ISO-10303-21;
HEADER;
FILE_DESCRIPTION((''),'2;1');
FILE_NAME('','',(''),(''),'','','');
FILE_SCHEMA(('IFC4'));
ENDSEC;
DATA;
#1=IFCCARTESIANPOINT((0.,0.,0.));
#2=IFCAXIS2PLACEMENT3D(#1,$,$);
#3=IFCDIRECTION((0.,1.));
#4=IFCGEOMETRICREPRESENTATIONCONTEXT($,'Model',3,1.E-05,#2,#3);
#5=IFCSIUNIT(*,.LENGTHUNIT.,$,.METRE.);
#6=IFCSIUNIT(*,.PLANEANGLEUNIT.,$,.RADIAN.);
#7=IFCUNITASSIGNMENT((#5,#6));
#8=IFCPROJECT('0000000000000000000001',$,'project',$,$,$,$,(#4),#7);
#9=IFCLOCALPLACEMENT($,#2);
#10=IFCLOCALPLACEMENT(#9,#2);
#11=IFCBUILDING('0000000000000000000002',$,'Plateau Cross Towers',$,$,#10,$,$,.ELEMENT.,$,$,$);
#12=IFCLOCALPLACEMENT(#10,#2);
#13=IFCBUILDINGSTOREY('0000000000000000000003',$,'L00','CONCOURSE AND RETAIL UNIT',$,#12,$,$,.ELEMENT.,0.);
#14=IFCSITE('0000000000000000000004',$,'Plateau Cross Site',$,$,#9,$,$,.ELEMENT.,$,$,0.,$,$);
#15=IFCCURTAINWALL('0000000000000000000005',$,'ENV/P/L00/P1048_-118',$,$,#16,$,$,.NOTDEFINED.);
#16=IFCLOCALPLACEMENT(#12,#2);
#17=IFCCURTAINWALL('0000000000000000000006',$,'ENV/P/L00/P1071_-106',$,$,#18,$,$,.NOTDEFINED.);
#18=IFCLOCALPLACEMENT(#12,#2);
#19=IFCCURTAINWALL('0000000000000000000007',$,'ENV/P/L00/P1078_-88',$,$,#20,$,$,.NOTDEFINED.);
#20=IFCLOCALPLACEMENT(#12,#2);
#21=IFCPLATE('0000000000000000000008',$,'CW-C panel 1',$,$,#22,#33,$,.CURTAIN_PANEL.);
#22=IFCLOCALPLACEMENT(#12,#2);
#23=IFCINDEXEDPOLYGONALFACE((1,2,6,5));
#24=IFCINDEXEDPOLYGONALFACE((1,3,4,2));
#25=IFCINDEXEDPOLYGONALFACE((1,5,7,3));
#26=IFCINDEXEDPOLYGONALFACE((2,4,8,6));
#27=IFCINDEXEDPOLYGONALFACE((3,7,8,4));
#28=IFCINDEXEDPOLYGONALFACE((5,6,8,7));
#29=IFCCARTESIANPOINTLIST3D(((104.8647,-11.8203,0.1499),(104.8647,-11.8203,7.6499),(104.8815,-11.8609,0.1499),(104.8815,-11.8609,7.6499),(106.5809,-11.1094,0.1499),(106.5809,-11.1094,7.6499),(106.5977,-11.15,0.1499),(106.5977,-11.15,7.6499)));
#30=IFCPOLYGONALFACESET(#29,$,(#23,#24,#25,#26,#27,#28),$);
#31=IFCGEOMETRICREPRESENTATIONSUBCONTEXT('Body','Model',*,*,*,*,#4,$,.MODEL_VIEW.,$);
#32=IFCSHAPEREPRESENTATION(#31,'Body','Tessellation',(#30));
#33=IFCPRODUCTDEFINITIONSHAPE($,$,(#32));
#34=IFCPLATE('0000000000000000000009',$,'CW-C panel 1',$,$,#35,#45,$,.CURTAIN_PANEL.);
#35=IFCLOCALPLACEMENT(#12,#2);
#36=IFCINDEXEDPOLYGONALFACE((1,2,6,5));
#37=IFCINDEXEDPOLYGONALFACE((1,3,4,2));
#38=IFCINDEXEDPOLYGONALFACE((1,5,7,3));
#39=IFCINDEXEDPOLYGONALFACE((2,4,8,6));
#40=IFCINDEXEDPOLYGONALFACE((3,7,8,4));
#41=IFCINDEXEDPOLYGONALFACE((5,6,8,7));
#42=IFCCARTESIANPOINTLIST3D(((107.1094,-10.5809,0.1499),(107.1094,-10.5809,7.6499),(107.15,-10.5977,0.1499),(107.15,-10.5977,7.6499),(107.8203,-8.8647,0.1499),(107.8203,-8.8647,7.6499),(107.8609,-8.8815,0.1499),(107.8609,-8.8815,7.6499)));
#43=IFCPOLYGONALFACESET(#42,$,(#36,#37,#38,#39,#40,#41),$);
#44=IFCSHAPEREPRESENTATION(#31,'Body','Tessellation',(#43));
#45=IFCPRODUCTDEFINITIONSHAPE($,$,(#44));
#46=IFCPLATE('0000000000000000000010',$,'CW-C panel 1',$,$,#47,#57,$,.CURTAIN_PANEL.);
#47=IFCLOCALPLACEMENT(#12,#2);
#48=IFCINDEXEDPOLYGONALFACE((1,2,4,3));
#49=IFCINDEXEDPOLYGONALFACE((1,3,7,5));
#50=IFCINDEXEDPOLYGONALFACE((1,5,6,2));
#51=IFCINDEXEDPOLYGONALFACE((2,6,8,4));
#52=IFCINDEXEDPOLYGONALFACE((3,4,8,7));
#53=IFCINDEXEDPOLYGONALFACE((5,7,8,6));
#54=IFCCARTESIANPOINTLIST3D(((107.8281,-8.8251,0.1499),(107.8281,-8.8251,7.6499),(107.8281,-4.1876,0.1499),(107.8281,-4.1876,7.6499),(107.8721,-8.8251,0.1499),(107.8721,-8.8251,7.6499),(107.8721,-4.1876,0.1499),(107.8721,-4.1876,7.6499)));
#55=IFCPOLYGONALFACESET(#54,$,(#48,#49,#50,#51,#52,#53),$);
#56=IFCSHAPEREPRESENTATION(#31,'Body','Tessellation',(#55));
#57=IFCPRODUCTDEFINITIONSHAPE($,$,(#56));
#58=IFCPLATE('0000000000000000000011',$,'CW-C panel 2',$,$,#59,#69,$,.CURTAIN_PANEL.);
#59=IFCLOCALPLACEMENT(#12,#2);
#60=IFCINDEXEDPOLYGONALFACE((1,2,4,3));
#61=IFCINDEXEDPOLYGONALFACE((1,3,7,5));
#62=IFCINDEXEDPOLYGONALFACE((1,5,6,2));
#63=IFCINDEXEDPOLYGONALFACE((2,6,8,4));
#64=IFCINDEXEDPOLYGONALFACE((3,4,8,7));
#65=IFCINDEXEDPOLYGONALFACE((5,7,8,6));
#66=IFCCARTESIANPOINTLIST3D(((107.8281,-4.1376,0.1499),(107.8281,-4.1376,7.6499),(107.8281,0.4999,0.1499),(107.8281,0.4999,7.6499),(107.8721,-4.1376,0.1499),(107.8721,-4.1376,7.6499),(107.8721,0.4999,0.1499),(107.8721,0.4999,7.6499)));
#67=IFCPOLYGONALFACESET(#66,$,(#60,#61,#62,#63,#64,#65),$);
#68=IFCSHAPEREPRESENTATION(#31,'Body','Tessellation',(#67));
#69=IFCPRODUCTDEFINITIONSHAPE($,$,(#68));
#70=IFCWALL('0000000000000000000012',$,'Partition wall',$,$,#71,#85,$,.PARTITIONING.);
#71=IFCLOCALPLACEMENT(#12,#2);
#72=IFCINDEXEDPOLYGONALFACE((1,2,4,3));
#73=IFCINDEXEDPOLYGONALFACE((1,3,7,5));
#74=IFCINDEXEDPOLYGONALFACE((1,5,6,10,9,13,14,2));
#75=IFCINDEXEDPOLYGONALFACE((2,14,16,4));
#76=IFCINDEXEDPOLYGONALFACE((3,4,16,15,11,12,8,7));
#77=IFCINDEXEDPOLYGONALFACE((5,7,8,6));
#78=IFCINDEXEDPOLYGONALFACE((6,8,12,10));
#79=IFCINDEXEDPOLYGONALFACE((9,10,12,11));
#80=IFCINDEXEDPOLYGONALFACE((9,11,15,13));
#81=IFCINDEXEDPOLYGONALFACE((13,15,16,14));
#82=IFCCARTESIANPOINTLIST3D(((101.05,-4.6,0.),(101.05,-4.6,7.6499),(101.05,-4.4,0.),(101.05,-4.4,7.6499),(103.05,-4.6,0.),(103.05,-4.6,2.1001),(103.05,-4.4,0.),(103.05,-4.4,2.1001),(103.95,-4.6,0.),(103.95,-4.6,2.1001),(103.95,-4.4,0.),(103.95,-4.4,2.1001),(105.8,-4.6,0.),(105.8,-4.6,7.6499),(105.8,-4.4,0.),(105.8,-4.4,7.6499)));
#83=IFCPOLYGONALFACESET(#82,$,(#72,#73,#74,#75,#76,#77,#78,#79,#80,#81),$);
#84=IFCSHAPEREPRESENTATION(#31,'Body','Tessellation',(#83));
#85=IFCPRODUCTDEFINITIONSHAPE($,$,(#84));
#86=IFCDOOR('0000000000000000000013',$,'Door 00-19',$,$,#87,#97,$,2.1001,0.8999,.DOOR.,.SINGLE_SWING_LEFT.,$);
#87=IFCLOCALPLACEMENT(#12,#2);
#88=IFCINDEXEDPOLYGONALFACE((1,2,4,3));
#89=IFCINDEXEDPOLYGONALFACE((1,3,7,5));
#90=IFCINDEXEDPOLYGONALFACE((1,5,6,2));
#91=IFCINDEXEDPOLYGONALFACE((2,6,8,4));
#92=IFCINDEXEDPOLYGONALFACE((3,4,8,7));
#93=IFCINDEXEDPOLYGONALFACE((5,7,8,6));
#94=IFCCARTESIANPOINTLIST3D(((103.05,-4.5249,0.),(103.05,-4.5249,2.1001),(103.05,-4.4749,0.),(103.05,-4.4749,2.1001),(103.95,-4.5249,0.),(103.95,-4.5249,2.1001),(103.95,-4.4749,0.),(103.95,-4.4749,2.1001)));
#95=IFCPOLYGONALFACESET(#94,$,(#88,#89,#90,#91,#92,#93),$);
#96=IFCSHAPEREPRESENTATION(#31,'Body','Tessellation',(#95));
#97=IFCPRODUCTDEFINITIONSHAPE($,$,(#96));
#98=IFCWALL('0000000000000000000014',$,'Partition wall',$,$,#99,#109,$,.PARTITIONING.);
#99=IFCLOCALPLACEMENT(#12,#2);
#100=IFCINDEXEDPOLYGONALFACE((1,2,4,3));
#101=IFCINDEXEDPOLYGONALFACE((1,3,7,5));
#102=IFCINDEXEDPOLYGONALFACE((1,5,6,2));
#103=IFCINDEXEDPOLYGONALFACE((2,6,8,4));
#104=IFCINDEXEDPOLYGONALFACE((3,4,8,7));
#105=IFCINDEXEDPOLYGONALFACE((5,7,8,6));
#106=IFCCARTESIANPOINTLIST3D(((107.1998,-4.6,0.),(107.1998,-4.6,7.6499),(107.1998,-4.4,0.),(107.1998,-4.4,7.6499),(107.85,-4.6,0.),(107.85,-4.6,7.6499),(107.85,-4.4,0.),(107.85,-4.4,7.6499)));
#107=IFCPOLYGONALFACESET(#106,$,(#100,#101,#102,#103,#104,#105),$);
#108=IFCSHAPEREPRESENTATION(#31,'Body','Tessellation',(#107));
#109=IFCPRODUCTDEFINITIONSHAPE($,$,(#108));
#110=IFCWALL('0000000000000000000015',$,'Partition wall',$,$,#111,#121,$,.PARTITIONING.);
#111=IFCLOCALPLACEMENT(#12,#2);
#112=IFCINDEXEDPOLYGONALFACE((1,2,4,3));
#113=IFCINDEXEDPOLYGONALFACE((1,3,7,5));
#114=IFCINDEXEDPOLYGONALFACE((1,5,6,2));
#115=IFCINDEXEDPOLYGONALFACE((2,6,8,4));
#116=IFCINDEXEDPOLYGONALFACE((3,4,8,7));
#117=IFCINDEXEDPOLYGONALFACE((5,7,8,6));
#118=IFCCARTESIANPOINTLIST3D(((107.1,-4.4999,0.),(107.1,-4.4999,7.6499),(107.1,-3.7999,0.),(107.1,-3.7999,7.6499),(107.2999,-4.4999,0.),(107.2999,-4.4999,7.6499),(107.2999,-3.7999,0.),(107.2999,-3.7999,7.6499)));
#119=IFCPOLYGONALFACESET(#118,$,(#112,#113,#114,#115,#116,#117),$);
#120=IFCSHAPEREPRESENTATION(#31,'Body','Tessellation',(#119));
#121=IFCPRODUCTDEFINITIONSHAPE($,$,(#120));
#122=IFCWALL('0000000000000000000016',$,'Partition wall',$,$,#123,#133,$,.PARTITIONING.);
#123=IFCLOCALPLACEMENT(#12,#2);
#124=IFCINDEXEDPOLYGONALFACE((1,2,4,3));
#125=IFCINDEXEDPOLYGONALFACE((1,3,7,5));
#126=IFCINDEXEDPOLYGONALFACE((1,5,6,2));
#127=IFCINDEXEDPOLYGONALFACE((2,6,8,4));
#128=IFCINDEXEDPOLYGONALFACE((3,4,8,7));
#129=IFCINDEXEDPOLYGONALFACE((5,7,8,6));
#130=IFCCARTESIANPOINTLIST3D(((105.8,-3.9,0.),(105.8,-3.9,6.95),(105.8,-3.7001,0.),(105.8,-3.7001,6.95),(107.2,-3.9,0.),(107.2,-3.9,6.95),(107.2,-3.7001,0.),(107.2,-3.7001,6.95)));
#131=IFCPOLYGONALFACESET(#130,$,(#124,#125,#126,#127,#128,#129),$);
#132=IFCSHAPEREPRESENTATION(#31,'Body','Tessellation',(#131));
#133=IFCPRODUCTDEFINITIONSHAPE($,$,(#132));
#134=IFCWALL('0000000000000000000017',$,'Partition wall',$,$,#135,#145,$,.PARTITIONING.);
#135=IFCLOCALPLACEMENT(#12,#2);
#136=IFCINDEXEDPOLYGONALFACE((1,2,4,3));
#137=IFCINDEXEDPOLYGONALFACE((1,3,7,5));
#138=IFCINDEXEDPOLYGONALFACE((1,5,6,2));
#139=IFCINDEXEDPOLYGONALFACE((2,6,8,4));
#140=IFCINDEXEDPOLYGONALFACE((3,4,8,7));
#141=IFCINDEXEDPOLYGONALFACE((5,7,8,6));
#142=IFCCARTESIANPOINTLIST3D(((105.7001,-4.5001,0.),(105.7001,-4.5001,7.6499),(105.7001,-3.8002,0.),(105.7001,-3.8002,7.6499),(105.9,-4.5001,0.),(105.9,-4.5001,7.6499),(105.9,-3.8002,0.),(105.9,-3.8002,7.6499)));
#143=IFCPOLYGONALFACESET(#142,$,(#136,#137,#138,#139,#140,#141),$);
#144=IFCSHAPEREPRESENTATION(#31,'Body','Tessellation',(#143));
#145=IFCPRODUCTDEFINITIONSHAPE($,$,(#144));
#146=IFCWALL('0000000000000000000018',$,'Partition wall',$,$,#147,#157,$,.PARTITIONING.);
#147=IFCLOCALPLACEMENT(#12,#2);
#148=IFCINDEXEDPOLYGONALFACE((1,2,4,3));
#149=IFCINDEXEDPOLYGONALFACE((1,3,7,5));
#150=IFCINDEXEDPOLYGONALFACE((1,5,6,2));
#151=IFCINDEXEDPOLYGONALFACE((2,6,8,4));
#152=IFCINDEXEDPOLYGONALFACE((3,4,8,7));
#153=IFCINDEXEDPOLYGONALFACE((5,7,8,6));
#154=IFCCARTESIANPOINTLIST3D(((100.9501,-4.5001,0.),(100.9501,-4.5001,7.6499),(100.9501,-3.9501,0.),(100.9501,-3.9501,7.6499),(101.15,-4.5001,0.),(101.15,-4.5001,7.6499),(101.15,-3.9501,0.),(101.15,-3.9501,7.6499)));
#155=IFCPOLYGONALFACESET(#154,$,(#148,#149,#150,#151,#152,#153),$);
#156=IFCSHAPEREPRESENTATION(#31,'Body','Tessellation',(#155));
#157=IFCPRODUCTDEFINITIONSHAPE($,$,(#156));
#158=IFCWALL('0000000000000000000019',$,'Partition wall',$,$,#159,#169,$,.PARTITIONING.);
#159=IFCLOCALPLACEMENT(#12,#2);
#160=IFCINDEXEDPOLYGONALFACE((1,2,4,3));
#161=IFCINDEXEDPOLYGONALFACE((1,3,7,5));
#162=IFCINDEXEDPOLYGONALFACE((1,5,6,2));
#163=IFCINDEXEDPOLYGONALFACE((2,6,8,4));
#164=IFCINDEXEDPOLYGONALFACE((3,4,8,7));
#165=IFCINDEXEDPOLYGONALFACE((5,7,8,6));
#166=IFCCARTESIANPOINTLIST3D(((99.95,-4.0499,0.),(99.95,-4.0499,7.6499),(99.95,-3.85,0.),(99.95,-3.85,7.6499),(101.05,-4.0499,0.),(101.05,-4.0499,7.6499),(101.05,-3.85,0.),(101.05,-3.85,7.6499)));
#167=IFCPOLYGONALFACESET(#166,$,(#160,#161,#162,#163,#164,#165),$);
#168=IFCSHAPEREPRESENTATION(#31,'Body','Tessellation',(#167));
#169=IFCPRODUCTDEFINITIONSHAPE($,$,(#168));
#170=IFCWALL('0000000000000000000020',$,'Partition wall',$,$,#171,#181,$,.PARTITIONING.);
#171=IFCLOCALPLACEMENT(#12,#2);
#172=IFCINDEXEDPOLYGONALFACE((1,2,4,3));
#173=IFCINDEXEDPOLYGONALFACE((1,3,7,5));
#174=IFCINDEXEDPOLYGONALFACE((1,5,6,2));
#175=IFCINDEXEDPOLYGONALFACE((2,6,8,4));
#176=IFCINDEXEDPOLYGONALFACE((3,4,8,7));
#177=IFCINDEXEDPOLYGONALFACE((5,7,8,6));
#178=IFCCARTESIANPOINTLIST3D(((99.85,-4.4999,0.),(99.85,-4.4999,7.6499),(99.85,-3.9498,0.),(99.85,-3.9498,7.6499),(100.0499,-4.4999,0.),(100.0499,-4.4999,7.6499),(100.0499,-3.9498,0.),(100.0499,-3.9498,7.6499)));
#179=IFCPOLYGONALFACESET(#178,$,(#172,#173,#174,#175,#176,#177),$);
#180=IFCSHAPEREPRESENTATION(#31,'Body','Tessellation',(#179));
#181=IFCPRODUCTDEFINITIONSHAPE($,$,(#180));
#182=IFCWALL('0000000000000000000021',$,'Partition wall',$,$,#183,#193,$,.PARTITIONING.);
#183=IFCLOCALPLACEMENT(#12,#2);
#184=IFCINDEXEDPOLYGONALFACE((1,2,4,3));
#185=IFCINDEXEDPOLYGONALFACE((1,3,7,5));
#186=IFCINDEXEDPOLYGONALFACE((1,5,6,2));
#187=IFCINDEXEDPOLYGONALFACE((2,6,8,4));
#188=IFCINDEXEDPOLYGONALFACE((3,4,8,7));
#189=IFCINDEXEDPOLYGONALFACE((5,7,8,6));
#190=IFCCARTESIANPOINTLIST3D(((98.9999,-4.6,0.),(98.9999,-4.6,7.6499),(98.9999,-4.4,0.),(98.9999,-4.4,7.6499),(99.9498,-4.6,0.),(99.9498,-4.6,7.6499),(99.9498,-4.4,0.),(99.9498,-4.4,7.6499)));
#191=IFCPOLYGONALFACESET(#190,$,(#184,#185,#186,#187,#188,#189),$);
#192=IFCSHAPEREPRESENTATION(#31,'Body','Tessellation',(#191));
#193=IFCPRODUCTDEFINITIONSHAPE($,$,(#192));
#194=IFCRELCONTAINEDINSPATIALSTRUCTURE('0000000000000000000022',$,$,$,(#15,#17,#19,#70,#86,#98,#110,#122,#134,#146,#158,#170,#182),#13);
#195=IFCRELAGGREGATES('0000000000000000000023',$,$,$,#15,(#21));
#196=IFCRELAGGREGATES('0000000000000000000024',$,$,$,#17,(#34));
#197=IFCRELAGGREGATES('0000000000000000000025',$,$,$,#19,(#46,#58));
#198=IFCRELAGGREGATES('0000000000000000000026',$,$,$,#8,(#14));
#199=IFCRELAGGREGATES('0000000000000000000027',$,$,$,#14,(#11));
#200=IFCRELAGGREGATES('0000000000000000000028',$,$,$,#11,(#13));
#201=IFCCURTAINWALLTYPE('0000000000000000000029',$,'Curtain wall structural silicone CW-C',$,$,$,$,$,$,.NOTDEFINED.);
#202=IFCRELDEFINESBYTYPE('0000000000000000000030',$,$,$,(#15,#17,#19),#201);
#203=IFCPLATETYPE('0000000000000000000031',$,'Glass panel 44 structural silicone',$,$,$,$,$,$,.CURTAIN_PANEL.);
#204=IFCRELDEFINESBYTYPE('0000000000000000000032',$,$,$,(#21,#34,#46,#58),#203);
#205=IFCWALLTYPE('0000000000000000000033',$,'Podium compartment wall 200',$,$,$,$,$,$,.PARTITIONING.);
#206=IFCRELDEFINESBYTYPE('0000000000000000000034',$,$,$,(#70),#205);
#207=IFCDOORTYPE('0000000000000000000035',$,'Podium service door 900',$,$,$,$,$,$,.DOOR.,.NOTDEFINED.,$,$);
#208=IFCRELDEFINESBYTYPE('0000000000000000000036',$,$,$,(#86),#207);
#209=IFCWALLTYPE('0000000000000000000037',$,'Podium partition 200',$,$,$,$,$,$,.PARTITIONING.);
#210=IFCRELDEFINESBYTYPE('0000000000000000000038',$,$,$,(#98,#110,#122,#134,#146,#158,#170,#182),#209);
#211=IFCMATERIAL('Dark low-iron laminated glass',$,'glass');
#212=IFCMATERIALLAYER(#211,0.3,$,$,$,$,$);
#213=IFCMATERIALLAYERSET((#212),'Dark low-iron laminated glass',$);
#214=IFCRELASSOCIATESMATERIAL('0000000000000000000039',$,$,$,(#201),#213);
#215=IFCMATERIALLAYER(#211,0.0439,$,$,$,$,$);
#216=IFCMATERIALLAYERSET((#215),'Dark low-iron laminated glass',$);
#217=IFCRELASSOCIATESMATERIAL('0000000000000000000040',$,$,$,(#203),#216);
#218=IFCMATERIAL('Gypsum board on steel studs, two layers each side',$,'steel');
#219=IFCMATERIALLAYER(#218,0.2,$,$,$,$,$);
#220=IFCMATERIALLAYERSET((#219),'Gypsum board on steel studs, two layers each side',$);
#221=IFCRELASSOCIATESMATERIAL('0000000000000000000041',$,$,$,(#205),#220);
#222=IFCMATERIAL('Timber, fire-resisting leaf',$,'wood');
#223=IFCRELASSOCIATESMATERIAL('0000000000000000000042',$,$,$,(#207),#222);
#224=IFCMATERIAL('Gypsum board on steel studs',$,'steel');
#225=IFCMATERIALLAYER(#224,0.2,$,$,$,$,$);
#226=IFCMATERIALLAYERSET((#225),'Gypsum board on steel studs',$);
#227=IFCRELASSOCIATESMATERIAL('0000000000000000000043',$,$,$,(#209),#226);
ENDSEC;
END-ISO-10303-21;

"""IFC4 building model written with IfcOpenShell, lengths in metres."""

from ifc_helpers import new_model, si_unit, direction, frame, frame_2d, origin, origin_2d, place, context, subcontext, project, spatial, rectangle, extrude, material, layer, layer_set, type_object, element, fill, aggregate, save


model = new_model("IFC4")

# Units and contexts
model_context = context("Model", 3, precision=1e-05, world=origin(), true_north=direction((0.0, 1.0)))
body_context = subcontext(model_context, "Body", "Model", "MODEL_VIEW")
ifc_project = project(units=[si_unit("LENGTHUNIT", "METRE"), si_unit("PLANEANGLEUNIT", "RADIAN")], contexts=[model_context])

# Site, building, storey
site_placement = place(None, origin())
site = spatial("IfcSite", under=ifc_project, at=site_placement, Name="Plateau Cross Site", CompositionType="ELEMENT", RefElevation=0.0)
building_placement = place(site_placement, origin())
building = spatial("IfcBuilding", under=site, at=building_placement, Name="Plateau Cross Towers", CompositionType="ELEMENT")
storey_placement = place(building_placement, origin())
storey = spatial("IfcBuildingStorey", under=building, at=storey_placement, Name="L00", Description="CONCOURSE AND RETAIL UNIT", CompositionType="ELEMENT", Elevation=0.0)

# Shared definitions
ifc_material_1 = material(Name="Dark low-iron laminated glass", Category="glass")
ifc_layer_1 = layer(ifc_material_1, 0.3)
ifc_layer_set_1 = layer_set([ifc_layer_1], Name="Dark low-iron laminated glass")
curtain_wall_type = type_object("IfcCurtainWallType", Name="Curtain wall structural silicone CW-C", PredefinedType="NOTDEFINED", material=ifc_layer_set_1)

# Curtain wall
curtain_wall_1_placement = place(storey_placement, origin())
curtain_wall_1 = element("IfcCurtainWall", 1, at=curtain_wall_1_placement, inside=storey, type_object=curtain_wall_type, Name="ENV/P/L00/P1048_-118", PredefinedType="NOTDEFINED")

# Curtain wall
curtain_wall_2_placement = place(storey_placement, origin())
curtain_wall_2 = element("IfcCurtainWall", 2, at=curtain_wall_2_placement, inside=storey, type_object=curtain_wall_type, Name="ENV/P/L00/P1071_-106", PredefinedType="NOTDEFINED")

# Curtain wall
curtain_wall_3_placement = place(storey_placement, origin())
curtain_wall_3 = element("IfcCurtainWall", 3, at=curtain_wall_3_placement, inside=storey, type_object=curtain_wall_type, Name="ENV/P/L00/P1078_-88", PredefinedType="NOTDEFINED")

# Plates
ifc_layer_2 = layer(ifc_material_1, 0.0439)
ifc_layer_set_2 = layer_set([ifc_layer_2], Name="Dark low-iron laminated glass")
plate_type = type_object("IfcPlateType", Name="Glass panel 44 structural silicone", PredefinedType="CURTAIN_PANEL", material=ifc_layer_set_2)
plate_1_placement = place(storey_placement, frame((105.7312, -11.4851, 0.1499), z_axis=(0.0, 0.0, 1.0), x_axis=(0.923879, 0.382684, 0.0)))
plate_1 = element("IfcPlate", 4, at=plate_1_placement, type_object=plate_type, Name="CW-C panel 1", PredefinedType="CURTAIN_PANEL", context=body_context, shape_type="SweptSolid", body=[
    extrude(rectangle(XDim=1.8577, YDim=0.0439, at=origin_2d()), origin(), (0.0, 0.0, 1.0), 7.5),
])
aggregate(curtain_wall_1, [plate_1])
plate_2_placement = place(storey_placement, frame((107.4851, -9.7312, 0.1499), z_axis=(0.0, 0.0, 1.0), x_axis=(0.382684, 0.923879, 0.0)))
plate_2 = element("IfcPlate", 5, at=plate_2_placement, type_object=plate_type, Name="CW-C panel 1", PredefinedType="CURTAIN_PANEL", context=body_context, shape_type="SweptSolid", body=[
    extrude(rectangle(XDim=1.8577, YDim=0.0439, at=origin_2d()), origin(), (0.0, 0.0, 1.0), 7.5),
])
aggregate(curtain_wall_2, [plate_2])
plate_3_placement = place(storey_placement, frame((107.8501, -6.5063, 0.1499), z_axis=(0.0, 0.0, 1.0), x_axis=(0.0, 1.0, 0.0)))
plate_3 = element("IfcPlate", 6, at=plate_3_placement, type_object=plate_type, Name="CW-C panel 1", PredefinedType="CURTAIN_PANEL", context=body_context, shape_type="SweptSolid", body=[
    extrude(rectangle(XDim=4.6375, YDim=0.0439, at=origin_2d()), origin(), (0.0, 0.0, 1.0), 7.5),
])
plate_4_placement = place(storey_placement, frame((107.8501, -1.8188, 0.1499), z_axis=(0.0, 0.0, 1.0), x_axis=(0.0, 1.0, 0.0)))
plate_4 = element("IfcPlate", 7, at=plate_4_placement, type_object=plate_type, Name="CW-C panel 2", PredefinedType="CURTAIN_PANEL", context=body_context, shape_type="SweptSolid", body=[
    extrude(rectangle(XDim=4.6375, YDim=0.0439, at=origin_2d()), origin(), (0.0, 0.0, 1.0), 7.5),
])
aggregate(curtain_wall_3, [plate_3, plate_4])

# Wall, opening, door
ifc_material_2 = material(Name="Gypsum board on steel studs, two layers each side", Category="steel")
ifc_layer_3 = layer(ifc_material_2, 0.2)
ifc_layer_set_3 = layer_set([ifc_layer_3], Name="Gypsum board on steel studs, two layers each side")
wall_type_1 = type_object("IfcWallType", Name="Podium compartment wall 200", PredefinedType="PARTITIONING", material=ifc_layer_set_3)
wall_1_placement = place(storey_placement, frame((105.8, -4.5, 0.0), z_axis=(0.0, 0.0, 1.0), x_axis=(-1.0, 0.0, 0.0)))
wall_1 = element("IfcWall", 8, at=wall_1_placement, inside=storey, type_object=wall_type_1, Name="Partition wall", PredefinedType="PARTITIONING", context=body_context, shape_type="SweptSolid", body=[
    extrude(rectangle(XDim=4.75, YDim=0.2, at=frame_2d((2.375, 0.0))), origin(), (0.0, 0.0, 1.0), 7.6499),
])
opening_placement = place(wall_1_placement, frame((1.8501, 0.0, 0.0)))
opening = element("IfcOpeningElement", 9, at=opening_placement, cuts=wall_1, PredefinedType="OPENING", context=body_context, shape_type="SweptSolid", body=[
    extrude(rectangle(XDim=0.8999, YDim=2.1001, at=frame_2d((0.45, 1.05))), frame((0.0, 0.1099, 0.0), z_axis=(0.0, -1.0, 0.0), x_axis=(1.0, 0.0, 0.0)), (0.0, 0.0, 1.0), 0.22),
])
ifc_material_3 = material(Name="Timber, fire-resisting leaf", Category="wood")
door_type = type_object("IfcDoorType", Name="Podium service door 900", OperationType="NOTDEFINED", PredefinedType="DOOR", material=ifc_material_3)
door_placement = place(opening_placement, origin())
door = element("IfcDoor", 10, at=door_placement, inside=storey, type_object=door_type, Name="Door 00-19", OperationType="SINGLE_SWING_LEFT", OverallHeight=2.1001, OverallWidth=0.8999, PredefinedType="DOOR", context=body_context, shape_type="SweptSolid", body=[
    extrude(rectangle(XDim=0.8999, YDim=2.1001, at=frame_2d((0.45, 1.05))), frame((0.0, 0.0249, 0.0), z_axis=(0.0, -1.0, 0.0), x_axis=(1.0, 0.0, 0.0)), (0.0, 0.0, 1.0), 0.05),
])
fill(opening, door)

# Walls
ifc_material_4 = material(Name="Gypsum board on steel studs", Category="steel")
ifc_layer_4 = layer(ifc_material_4, 0.2)
ifc_layer_set_4 = layer_set([ifc_layer_4], Name="Gypsum board on steel studs")
wall_type_2 = type_object("IfcWallType", Name="Podium partition 200", PredefinedType="PARTITIONING", material=ifc_layer_set_4)
wall_2_placement = place(storey_placement, frame((107.8501, -4.5, 0.0), z_axis=(0.0, 0.0, 1.0), x_axis=(-1.0, 0.0, 0.0)))
element("IfcWall", 11, at=wall_2_placement, inside=storey, type_object=wall_type_2, Name="Partition wall", PredefinedType="PARTITIONING", context=body_context, shape_type="SweptSolid", body=[
    extrude(rectangle(XDim=0.6501, YDim=0.2, at=frame_2d((0.3252, 0.0))), origin(), (0.0, 0.0, 1.0), 7.6499),
])
wall_3_placement = place(storey_placement, frame((107.2, -4.5, 0.0), z_axis=(0.0, 0.0, 1.0), x_axis=(0.0, 1.0, 0.0)))
element("IfcWall", 12, at=wall_3_placement, inside=storey, type_object=wall_type_2, Name="Partition wall", PredefinedType="PARTITIONING", context=body_context, shape_type="SweptSolid", body=[
    extrude(rectangle(XDim=0.7, YDim=0.2, at=frame_2d((0.3501, 0.0))), origin(), (0.0, 0.0, 1.0), 7.6499),
])
wall_4_placement = place(storey_placement, frame((107.2, -3.8, 0.0), z_axis=(0.0, 0.0, 1.0), x_axis=(-1.0, 0.0, 0.0)))
element("IfcWall", 13, at=wall_4_placement, inside=storey, type_object=wall_type_2, Name="Partition wall", PredefinedType="PARTITIONING", context=body_context, shape_type="SweptSolid", body=[
    extrude(rectangle(XDim=1.3999, YDim=0.2, at=frame_2d((0.7, 0.0))), origin(), (0.0, 0.0, 1.0), 6.95),
])
wall_5_placement = place(storey_placement, frame((105.8, -3.8, 0.0), z_axis=(0.0, 0.0, 1.0), x_axis=(0.0, -1.0, 0.0)))
element("IfcWall", 14, at=wall_5_placement, inside=storey, type_object=wall_type_2, Name="Partition wall", PredefinedType="PARTITIONING", context=body_context, shape_type="SweptSolid", body=[
    extrude(rectangle(XDim=0.7, YDim=0.2, at=frame_2d((0.3501, 0.0))), origin(), (0.0, 0.0, 1.0), 7.6499),
])
wall_6_placement = place(storey_placement, frame((101.05, -4.5, 0.0), z_axis=(0.0, 0.0, 1.0), x_axis=(0.0, 1.0, 0.0)))
element("IfcWall", 15, at=wall_6_placement, inside=storey, type_object=wall_type_2, Name="Partition wall", PredefinedType="PARTITIONING", context=body_context, shape_type="SweptSolid", body=[
    extrude(rectangle(XDim=0.55, YDim=0.2, at=frame_2d((0.2749, 0.0))), origin(), (0.0, 0.0, 1.0), 7.6499),
])
wall_7_placement = place(storey_placement, frame((101.05, -3.95, 0.0), z_axis=(0.0, 0.0, 1.0), x_axis=(-1.0, 0.0, 0.0)))
element("IfcWall", 16, at=wall_7_placement, inside=storey, type_object=wall_type_2, Name="Partition wall", PredefinedType="PARTITIONING", context=body_context, shape_type="SweptSolid", body=[
    extrude(rectangle(XDim=1.1001, YDim=0.2, at=frame_2d((0.55, 0.0))), origin(), (0.0, 0.0, 1.0), 7.6499),
])
wall_8_placement = place(storey_placement, frame((99.95, -3.95, 0.0), z_axis=(0.0, 0.0, 1.0), x_axis=(0.0, -1.0, 0.0)))
element("IfcWall", 17, at=wall_8_placement, inside=storey, type_object=wall_type_2, Name="Partition wall", PredefinedType="PARTITIONING", context=body_context, shape_type="SweptSolid", body=[
    extrude(rectangle(XDim=0.55, YDim=0.2, at=frame_2d((0.2749, 0.0))), origin(), (0.0, 0.0, 1.0), 7.6499),
])
wall_9_placement = place(storey_placement, frame((99.95, -4.5, 0.0), z_axis=(0.0, 0.0, 1.0), x_axis=(-1.0, 0.0, 0.0)))
element("IfcWall", 18, at=wall_9_placement, inside=storey, type_object=wall_type_2, Name="Partition wall", PredefinedType="PARTITIONING", context=body_context, shape_type="SweptSolid", body=[
    extrude(rectangle(XDim=0.95, YDim=0.2, at=frame_2d((0.4751, 0.0))), origin(), (0.0, 0.0, 1.0), 7.6499),
])

save(model, "model.ifc")
